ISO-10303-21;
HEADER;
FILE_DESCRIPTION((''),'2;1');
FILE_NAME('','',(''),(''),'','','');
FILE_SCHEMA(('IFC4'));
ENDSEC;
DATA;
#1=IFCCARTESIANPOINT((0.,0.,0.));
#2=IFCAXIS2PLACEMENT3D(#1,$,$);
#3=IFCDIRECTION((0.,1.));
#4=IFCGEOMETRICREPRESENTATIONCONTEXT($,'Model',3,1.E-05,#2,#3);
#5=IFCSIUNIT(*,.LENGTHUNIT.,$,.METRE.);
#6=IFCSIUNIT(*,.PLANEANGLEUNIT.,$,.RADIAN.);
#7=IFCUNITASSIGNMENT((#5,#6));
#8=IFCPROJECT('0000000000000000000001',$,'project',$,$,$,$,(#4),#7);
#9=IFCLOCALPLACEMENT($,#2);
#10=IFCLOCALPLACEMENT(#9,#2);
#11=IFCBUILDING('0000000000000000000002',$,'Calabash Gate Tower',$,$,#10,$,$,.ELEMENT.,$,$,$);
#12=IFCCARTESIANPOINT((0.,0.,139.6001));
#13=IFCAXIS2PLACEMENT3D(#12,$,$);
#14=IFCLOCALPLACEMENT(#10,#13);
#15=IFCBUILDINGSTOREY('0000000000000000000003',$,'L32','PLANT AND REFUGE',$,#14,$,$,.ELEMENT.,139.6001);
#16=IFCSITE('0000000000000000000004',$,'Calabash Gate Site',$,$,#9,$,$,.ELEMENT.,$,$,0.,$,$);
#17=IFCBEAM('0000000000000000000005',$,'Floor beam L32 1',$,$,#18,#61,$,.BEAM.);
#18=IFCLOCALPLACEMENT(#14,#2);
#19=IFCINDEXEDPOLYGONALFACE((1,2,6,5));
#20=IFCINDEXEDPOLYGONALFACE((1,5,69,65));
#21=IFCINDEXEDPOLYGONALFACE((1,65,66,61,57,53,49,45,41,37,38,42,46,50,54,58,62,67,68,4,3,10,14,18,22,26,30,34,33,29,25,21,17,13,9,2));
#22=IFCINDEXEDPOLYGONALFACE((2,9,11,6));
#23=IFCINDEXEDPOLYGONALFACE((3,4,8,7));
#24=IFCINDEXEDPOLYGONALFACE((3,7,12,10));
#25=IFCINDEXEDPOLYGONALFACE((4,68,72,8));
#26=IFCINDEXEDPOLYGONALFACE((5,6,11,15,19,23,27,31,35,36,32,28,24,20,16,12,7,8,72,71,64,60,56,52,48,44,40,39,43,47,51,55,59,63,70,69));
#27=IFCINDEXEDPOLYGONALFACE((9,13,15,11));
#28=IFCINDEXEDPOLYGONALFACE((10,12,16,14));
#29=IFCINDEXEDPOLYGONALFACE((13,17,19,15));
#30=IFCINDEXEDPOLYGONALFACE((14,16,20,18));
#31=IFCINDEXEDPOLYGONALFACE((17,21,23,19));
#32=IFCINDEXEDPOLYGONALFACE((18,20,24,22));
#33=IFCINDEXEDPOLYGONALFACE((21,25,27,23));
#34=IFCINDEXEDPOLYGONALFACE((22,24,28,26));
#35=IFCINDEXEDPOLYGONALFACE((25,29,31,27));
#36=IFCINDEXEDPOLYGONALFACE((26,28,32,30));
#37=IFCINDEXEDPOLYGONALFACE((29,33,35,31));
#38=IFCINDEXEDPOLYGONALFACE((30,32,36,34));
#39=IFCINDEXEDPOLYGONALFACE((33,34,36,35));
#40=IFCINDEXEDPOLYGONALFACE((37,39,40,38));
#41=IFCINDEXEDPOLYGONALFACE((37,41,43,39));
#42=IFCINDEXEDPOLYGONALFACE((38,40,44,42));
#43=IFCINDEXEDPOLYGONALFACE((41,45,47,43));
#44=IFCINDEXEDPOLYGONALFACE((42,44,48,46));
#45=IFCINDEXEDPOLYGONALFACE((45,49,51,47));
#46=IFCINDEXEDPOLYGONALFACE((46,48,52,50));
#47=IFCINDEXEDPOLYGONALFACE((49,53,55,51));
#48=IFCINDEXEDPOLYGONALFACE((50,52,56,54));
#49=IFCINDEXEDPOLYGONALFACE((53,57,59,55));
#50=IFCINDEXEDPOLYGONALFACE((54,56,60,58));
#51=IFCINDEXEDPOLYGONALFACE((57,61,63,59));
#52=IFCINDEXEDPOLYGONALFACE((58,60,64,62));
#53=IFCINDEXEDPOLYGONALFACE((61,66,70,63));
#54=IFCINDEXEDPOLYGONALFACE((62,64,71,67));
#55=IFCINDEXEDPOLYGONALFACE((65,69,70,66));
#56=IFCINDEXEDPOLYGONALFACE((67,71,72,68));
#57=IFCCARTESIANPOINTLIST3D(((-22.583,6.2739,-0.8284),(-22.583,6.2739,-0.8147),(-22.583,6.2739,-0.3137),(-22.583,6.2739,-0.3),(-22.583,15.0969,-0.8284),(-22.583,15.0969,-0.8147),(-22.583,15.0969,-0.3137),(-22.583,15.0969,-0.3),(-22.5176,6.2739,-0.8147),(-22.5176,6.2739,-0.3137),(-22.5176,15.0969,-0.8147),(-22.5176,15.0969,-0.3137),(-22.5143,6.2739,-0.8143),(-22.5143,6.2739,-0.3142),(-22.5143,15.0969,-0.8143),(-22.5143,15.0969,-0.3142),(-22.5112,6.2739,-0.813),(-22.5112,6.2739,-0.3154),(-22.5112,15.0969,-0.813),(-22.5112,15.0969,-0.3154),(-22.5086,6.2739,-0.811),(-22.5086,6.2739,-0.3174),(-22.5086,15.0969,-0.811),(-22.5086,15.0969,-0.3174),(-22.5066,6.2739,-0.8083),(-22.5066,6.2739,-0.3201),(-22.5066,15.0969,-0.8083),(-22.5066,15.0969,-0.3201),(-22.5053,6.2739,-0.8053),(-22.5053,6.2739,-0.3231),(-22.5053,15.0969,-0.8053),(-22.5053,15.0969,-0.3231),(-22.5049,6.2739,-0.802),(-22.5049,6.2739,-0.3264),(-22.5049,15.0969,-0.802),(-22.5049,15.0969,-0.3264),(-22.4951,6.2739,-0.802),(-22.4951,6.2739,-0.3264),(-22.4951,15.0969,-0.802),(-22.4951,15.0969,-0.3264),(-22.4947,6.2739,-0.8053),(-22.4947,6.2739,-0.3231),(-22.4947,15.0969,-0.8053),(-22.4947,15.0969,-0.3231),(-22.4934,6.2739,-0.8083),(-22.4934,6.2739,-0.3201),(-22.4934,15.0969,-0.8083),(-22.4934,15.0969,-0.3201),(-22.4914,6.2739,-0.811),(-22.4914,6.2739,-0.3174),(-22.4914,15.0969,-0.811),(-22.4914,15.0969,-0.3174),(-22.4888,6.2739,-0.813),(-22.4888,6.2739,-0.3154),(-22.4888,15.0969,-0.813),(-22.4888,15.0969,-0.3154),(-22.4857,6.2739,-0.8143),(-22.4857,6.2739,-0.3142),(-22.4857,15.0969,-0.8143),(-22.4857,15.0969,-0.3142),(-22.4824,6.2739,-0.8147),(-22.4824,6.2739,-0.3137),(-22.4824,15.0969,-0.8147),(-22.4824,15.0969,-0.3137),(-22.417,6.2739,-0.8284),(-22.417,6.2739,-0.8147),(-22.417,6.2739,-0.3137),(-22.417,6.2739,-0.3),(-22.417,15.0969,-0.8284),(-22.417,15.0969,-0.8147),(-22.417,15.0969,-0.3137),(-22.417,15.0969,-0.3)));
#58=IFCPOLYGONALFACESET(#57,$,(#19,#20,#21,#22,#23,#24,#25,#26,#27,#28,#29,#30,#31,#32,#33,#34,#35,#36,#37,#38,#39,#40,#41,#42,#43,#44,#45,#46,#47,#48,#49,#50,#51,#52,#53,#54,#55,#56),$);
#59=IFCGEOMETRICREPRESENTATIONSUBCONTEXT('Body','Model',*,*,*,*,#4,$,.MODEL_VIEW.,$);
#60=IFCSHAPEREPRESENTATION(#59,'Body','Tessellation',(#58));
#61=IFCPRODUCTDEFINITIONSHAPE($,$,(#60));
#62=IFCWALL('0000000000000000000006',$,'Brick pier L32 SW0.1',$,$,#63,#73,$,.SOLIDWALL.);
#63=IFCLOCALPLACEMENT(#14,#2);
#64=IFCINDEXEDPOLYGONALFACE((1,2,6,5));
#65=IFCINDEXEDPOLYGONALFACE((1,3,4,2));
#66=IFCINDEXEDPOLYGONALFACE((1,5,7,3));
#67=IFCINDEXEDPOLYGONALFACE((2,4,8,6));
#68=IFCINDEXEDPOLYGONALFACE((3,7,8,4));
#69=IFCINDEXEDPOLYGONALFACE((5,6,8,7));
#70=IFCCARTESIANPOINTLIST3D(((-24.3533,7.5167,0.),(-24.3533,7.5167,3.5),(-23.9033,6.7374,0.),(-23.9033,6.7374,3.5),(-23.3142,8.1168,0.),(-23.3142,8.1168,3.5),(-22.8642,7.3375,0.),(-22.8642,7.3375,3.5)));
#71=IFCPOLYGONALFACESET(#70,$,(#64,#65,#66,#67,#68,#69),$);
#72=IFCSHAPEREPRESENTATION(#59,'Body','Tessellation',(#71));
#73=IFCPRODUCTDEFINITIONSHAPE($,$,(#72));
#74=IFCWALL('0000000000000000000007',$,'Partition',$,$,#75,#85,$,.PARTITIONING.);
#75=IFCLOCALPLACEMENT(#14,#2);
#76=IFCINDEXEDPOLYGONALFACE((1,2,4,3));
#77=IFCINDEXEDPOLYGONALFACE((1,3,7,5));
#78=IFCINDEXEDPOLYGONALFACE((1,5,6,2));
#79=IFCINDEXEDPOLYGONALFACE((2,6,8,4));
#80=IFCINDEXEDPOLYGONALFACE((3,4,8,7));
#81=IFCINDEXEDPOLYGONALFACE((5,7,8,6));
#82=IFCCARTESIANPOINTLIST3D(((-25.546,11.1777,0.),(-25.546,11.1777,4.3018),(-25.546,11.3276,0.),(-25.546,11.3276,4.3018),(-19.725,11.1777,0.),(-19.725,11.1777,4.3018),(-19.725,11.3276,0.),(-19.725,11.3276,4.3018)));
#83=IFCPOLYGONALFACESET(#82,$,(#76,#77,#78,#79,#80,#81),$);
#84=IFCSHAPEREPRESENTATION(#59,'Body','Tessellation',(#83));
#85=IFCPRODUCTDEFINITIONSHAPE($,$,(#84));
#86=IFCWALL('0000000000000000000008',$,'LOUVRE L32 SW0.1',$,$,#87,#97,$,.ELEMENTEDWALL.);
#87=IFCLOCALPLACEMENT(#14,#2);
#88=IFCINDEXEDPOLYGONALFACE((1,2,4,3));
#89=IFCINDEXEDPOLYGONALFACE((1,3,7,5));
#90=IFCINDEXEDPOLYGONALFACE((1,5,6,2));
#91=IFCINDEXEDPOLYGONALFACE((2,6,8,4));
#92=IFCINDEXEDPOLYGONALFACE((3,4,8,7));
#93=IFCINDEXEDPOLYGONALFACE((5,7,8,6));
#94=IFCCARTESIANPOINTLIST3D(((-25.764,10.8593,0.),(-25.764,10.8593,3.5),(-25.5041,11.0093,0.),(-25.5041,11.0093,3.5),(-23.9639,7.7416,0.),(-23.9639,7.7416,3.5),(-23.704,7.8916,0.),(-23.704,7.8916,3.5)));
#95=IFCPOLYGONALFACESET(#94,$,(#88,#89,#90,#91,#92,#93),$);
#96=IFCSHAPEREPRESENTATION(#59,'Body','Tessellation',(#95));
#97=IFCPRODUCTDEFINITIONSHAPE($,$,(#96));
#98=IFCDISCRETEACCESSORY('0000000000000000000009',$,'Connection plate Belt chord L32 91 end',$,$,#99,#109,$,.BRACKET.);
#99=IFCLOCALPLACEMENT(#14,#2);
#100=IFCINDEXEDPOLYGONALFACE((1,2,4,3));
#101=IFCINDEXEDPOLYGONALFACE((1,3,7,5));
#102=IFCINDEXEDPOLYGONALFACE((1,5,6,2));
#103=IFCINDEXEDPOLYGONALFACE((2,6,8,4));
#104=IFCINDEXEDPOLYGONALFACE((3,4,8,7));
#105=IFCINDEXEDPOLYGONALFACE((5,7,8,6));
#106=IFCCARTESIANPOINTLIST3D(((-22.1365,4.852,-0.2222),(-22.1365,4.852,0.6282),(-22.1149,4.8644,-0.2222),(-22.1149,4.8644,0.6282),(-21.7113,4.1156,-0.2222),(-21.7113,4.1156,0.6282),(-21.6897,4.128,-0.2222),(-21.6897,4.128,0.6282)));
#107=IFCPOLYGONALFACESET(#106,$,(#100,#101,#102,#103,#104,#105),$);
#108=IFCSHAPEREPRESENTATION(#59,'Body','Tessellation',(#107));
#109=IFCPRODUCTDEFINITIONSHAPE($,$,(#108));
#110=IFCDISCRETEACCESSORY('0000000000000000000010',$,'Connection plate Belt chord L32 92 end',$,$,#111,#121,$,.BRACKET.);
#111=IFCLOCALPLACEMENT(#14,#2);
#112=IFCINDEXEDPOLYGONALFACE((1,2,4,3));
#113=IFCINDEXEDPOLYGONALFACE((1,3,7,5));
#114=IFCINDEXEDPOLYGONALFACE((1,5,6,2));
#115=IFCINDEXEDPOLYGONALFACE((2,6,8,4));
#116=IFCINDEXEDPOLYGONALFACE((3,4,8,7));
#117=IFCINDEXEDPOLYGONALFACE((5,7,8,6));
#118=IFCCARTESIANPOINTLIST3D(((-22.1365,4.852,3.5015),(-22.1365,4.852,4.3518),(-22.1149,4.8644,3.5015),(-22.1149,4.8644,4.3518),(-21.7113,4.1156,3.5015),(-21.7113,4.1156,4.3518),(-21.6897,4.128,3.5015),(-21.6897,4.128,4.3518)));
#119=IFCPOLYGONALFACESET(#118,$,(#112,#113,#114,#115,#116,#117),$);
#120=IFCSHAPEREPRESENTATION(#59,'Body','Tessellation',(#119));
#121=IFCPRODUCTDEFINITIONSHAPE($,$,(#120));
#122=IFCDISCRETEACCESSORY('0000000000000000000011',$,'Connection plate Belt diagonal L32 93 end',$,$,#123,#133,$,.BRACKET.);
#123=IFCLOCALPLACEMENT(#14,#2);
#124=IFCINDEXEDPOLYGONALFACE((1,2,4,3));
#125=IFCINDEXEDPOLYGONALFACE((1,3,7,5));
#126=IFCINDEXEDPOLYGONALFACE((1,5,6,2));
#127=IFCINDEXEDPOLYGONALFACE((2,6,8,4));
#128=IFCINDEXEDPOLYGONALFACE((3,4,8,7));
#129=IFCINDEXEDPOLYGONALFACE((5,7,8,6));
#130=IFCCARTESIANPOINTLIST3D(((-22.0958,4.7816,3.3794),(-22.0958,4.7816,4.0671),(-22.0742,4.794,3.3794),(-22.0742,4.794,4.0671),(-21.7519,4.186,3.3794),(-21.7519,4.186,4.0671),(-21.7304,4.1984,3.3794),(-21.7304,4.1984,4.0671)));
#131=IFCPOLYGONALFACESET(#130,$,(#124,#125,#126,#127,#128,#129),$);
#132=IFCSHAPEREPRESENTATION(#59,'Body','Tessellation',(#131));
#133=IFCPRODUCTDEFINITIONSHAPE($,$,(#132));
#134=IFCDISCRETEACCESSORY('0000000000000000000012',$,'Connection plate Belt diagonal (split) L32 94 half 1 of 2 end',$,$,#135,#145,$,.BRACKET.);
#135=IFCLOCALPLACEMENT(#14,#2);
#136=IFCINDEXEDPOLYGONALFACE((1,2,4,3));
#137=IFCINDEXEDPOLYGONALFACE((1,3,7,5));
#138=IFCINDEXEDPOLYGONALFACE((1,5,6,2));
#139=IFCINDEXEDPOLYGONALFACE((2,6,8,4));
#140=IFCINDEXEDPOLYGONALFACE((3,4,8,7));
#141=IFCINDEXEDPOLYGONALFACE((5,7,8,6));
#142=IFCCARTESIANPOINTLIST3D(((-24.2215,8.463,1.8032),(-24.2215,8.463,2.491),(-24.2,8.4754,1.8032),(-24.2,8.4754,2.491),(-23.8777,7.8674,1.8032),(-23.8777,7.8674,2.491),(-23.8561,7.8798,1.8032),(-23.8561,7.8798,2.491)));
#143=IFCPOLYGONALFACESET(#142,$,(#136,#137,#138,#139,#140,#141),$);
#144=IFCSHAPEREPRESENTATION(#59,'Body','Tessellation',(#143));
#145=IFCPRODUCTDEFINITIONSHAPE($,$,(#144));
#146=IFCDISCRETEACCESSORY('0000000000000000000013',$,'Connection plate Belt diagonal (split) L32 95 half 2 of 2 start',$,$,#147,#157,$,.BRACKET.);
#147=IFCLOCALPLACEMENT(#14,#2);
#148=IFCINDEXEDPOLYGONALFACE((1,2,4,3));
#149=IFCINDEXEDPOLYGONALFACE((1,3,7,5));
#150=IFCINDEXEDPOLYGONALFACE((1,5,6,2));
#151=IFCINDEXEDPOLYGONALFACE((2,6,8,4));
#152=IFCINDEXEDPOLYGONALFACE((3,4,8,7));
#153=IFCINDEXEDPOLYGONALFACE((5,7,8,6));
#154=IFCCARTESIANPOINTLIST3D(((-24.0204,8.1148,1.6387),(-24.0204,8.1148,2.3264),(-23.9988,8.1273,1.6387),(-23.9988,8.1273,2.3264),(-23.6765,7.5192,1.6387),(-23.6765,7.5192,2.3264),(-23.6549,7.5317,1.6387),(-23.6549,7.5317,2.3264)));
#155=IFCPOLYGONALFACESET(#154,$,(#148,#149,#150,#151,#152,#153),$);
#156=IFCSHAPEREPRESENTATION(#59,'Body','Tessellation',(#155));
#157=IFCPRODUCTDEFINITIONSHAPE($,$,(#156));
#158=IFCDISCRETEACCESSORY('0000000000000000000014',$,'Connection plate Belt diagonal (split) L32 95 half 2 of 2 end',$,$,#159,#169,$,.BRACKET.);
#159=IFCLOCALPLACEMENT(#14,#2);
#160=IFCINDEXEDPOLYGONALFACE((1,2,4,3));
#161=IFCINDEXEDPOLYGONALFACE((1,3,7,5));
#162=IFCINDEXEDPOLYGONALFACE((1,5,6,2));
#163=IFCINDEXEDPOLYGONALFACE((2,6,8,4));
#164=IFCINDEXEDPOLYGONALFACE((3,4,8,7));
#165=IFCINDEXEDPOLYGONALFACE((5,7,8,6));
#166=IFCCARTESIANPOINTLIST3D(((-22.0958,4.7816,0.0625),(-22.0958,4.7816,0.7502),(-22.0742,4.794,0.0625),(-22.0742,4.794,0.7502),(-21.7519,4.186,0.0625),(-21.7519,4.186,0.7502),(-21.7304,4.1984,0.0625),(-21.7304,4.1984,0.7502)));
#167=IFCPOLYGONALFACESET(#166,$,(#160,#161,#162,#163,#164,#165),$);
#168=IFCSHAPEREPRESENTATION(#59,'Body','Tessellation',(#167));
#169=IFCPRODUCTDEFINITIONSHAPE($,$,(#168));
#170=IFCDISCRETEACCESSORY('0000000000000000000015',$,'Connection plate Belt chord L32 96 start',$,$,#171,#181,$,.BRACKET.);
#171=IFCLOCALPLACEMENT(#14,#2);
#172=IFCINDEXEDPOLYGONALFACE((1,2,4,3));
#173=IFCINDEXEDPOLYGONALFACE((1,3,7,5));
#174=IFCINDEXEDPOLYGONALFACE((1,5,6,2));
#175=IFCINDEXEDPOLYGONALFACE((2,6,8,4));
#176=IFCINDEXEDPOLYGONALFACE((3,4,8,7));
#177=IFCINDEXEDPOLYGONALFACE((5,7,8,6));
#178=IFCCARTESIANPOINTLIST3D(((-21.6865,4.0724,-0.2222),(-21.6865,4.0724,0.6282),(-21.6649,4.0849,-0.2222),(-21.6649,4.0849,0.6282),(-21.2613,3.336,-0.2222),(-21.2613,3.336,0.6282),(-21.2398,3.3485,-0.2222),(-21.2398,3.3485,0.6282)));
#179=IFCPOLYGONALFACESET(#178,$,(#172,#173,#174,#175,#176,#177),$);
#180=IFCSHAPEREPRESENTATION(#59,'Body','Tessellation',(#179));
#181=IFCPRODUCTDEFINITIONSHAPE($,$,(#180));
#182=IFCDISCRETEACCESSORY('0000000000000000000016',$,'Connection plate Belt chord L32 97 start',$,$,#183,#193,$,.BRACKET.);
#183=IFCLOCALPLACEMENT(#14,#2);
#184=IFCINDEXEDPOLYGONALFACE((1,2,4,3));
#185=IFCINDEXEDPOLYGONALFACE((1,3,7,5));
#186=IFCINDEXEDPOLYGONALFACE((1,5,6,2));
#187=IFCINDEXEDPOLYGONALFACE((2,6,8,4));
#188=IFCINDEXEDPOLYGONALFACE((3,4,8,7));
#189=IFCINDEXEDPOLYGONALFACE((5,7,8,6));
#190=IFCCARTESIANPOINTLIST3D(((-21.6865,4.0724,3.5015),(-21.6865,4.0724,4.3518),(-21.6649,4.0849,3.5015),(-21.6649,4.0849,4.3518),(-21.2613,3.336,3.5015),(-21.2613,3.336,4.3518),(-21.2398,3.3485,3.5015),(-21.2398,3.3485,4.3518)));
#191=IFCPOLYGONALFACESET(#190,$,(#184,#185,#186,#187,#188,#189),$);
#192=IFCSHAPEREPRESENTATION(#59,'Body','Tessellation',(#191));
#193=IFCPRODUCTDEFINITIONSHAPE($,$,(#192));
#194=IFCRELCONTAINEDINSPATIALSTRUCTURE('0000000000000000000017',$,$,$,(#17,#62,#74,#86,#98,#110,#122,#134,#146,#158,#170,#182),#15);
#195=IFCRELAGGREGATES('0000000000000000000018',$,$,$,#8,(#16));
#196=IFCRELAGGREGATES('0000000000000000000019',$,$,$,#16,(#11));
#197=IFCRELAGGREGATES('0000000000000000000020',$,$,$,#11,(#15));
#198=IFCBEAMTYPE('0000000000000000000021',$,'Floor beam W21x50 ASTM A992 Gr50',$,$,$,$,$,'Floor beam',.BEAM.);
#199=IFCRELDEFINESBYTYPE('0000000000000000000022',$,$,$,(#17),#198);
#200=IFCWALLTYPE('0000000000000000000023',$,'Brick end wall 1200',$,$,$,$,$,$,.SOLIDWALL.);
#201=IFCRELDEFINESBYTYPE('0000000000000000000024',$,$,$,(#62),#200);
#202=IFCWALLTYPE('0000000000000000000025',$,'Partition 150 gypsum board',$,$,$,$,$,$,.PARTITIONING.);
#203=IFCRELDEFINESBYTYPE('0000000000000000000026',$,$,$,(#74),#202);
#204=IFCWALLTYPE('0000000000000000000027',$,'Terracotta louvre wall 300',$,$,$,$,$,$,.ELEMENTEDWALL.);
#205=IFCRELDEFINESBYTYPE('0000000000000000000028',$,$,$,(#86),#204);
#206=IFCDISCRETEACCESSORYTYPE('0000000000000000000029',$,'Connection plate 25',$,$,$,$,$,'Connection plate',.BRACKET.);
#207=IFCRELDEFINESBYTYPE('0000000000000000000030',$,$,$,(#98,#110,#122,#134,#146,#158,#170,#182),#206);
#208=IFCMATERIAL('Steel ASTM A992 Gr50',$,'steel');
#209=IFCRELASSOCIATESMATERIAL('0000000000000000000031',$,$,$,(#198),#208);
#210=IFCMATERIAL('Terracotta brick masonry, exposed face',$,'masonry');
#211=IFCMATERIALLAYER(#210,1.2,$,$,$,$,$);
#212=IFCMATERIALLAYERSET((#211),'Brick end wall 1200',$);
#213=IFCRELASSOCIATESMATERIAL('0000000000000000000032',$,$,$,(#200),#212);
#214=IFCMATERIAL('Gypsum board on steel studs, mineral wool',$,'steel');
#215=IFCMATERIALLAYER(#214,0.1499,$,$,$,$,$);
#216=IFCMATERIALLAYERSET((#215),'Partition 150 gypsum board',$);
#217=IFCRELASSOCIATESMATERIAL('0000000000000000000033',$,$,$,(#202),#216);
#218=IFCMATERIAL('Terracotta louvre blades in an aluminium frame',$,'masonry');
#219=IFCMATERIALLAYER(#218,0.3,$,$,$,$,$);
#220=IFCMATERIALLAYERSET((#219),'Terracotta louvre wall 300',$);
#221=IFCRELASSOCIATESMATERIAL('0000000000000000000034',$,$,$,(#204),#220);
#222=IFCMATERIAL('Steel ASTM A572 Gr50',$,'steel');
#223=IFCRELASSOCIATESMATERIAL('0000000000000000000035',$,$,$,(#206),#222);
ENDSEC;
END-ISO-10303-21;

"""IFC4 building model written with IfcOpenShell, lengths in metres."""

from ifc_helpers import new_model, si_unit, direction, frame, frame_2d, origin, origin_2d, place, context, subcontext, project, spatial, rectangle, i_section, extrude, material, layer, layer_set, material_profile, profile_set, type_object, element, save


model = new_model("IFC4")

# Units and contexts
model_context = context("Model", 3, precision=1e-05, world=origin(), true_north=direction((0.0, 1.0)))
body_context = subcontext(model_context, "Body", "Model", "MODEL_VIEW")
ifc_project = project(units=[si_unit("LENGTHUNIT", "METRE"), si_unit("PLANEANGLEUNIT", "RADIAN")], contexts=[model_context])

# Site, building, storey
site_placement = place(None, origin())
site = spatial("IfcSite", under=ifc_project, at=site_placement, Name="Calabash Gate Site", CompositionType="ELEMENT", RefElevation=0.0)
building_placement = place(site_placement, origin())
building = spatial("IfcBuilding", under=site, at=building_placement, Name="Calabash Gate Tower", CompositionType="ELEMENT")
storey_placement = place(building_placement, frame((0.0, 0.0, 139.6001)))
storey = spatial("IfcBuildingStorey", under=building, at=storey_placement, Name="L32", Description="PLANT AND REFUGE", CompositionType="ELEMENT", Elevation=139.6001)

# Beam
ifc_material_1 = material(Name="Steel ASTM A992 Gr50", Category="steel")
ifc_material_profile_1 = material_profile(ifc_material_1, i_section(OverallWidth=0.166, OverallDepth=0.5283, WebThickness=0.0098, FlangeThickness=0.0137, FilletRadius=0.0127, at=origin_2d()))
ifc_profile_set_1 = profile_set([ifc_material_profile_1], Name="Steel ASTM A992 Gr50")
beam_type_1 = type_object("IfcBeamType", Name="Floor beam W21x50 ASTM A992 Gr50", ElementType="Floor beam", PredefinedType="BEAM", material=ifc_profile_set_1)
beam_1_placement = place(storey_placement, frame((-22.5, 6.2739, -0.5642), z_axis=(0.0, 1.0, 0.0), x_axis=(-1.0, 0.0, 0.0)))
element("IfcBeam", 1, at=beam_1_placement, inside=storey, type_object=beam_type_1, Name="Floor beam L32 1", PredefinedType="BEAM", context=body_context, shape_type="SweptSolid", body=[
    extrude(i_section(OverallWidth=0.166, OverallDepth=0.5283, WebThickness=0.0098, FlangeThickness=0.0137, FilletRadius=0.0127, at=origin_2d()), origin(), (0.0, 0.0, 1.0), 8.823),
])

# Walls
ifc_material_2 = material(Name="Terracotta brick masonry, exposed face", Category="masonry")
ifc_layer_1 = layer(ifc_material_2, 1.2)
ifc_layer_set_1 = layer_set([ifc_layer_1], Name="Brick end wall 1200")
wall_type_1 = type_object("IfcWallType", Name="Brick end wall 1200", PredefinedType="SOLIDWALL", material=ifc_layer_set_1)
wall_1_placement = place(storey_placement, frame((-24.1284, 7.127, 0.0), z_axis=(0.0, 0.0, 1.0), x_axis=(0.865955, 0.500122, 0.0)))
element("IfcWall", 2, at=wall_1_placement, inside=storey, type_object=wall_type_1, Name="Brick pier L32 SW0.1", PredefinedType="SOLIDWALL", context=body_context, shape_type="SweptSolid", body=[
    extrude(rectangle(XDim=1.2, YDim=0.8999, at=frame_2d((0.6001, 0.0))), origin(), (0.0, 0.0, 1.0), 3.5),
])
ifc_material_3 = material(Name="Gypsum board on steel studs, mineral wool", Category="steel")
ifc_layer_2 = layer(ifc_material_3, 0.1499)
ifc_layer_set_2 = layer_set([ifc_layer_2], Name="Partition 150 gypsum board")
wall_type_2 = type_object("IfcWallType", Name="Partition 150 gypsum board", PredefinedType="PARTITIONING", material=ifc_layer_set_2)
wall_2_placement = place(storey_placement, frame((-25.5461, 11.2527, 0.0), z_axis=(0.0, 0.0, 1.0), x_axis=(1.0, 0.0, 0.0)))
element("IfcWall", 3, at=wall_2_placement, inside=storey, type_object=wall_type_2, Name="Partition", PredefinedType="PARTITIONING", context=body_context, shape_type="SweptSolid", body=[
    extrude(rectangle(XDim=5.821, YDim=0.1499, at=frame_2d((2.9106, 0.0))), origin(), (0.0, 0.0, 1.0), 4.3018),
])
ifc_material_4 = material(Name="Terracotta louvre blades in an aluminium frame", Category="masonry")
ifc_layer_3 = layer(ifc_material_4, 0.3)
ifc_layer_set_3 = layer_set([ifc_layer_3], Name="Terracotta louvre wall 300")
wall_type_3 = type_object("IfcWallType", Name="Terracotta louvre wall 300", PredefinedType="ELEMENTEDWALL", material=ifc_layer_set_3)
wall_3_placement = place(storey_placement, frame((-25.634, 10.9343, 0.0), z_axis=(0.0, 0.0, 1.0), x_axis=(0.500012, -0.866018, 0.0)))
element("IfcWall", 4, at=wall_3_placement, inside=storey, type_object=wall_type_3, Name="LOUVRE L32 SW0.1", PredefinedType="ELEMENTEDWALL", context=body_context, shape_type="SweptSolid", body=[
    extrude(rectangle(XDim=3.6001, YDim=0.3, at=frame_2d((1.8, 0.0))), origin(), (0.0, 0.0, 1.0), 3.5),
])

# Discrete accessories
ifc_material_5 = material(Name="Steel ASTM A572 Gr50", Category="steel")
discrete_accessory_type = type_object("IfcDiscreteAccessoryType", Name="Connection plate 25", ElementType="Connection plate", PredefinedType="BRACKET", material=ifc_material_5)
for number, where, z_axis, x_axis, name in (
    (5, (-21.9131, 4.49, -0.2222), (0.0, 0.0, 1.0), (0.5, -0.866025, 0.0), "Connection plate Belt chord L32 91 end"),
    (6, (-21.9131, 4.49, 3.5015), (0.0, 0.0, 1.0), (0.5, -0.866025, 0.0), "Connection plate Belt chord L32 92 end"),
):
    element("IfcDiscreteAccessory", number, at=place(storey_placement, frame(where, z_axis=z_axis, x_axis=x_axis)), inside=storey, type_object=discrete_accessory_type, Name=name, PredefinedType="BRACKET", context=body_context, shape_type="SweptSolid", body=[
        extrude(rectangle(XDim=0.8503, YDim=0.0249, at=origin_2d()), origin(), (0.0, 0.0, 1.0), 0.8503),
    ])
for number, where, z_axis, x_axis, name in (
    (7, (-21.9131, 4.49, 3.3794), (0.0, 0.0, 1.0), (0.5, -0.866025, 0.0), "Connection plate Belt diagonal L32 93 end"),
    (8, (-24.0388, 8.1714, 1.8032), (0.0, 0.0, 1.0), (0.5, -0.866025, 0.0), "Connection plate Belt diagonal (split) L32 94 half 1 of 2 end"),
    (9, (-23.8376, 7.8232, 1.6387), (0.0, 0.0, 1.0), (0.5, -0.866025, 0.0), "Connection plate Belt diagonal (split) L32 95 half 2 of 2 start"),
    (10, (-21.9131, 4.49, 0.0625), (0.0, 0.0, 1.0), (0.5, -0.866025, 0.0), "Connection plate Belt diagonal (split) L32 95 half 2 of 2 end"),
):
    element("IfcDiscreteAccessory", number, at=place(storey_placement, frame(where, z_axis=z_axis, x_axis=x_axis)), inside=storey, type_object=discrete_accessory_type, Name=name, PredefinedType="BRACKET", context=body_context, shape_type="SweptSolid", body=[
        extrude(rectangle(XDim=0.6877, YDim=0.0249, at=origin_2d()), origin(), (0.0, 0.0, 1.0), 0.6877),
    ])
for number, where, z_axis, x_axis, name in (
    (11, (-21.4631, 3.7104, -0.2222), (0.0, 0.0, 1.0), (0.5, -0.866025, 0.0), "Connection plate Belt chord L32 96 start"),
    (12, (-21.4631, 3.7104, 3.5015), (0.0, 0.0, 1.0), (0.5, -0.866025, 0.0), "Connection plate Belt chord L32 97 start"),
):
    element("IfcDiscreteAccessory", number, at=place(storey_placement, frame(where, z_axis=z_axis, x_axis=x_axis)), inside=storey, type_object=discrete_accessory_type, Name=name, PredefinedType="BRACKET", context=body_context, shape_type="SweptSolid", body=[
        extrude(rectangle(XDim=0.8503, YDim=0.0249, at=origin_2d()), origin(), (0.0, 0.0, 1.0), 0.8503),
    ])

save(model, "model.ifc")
